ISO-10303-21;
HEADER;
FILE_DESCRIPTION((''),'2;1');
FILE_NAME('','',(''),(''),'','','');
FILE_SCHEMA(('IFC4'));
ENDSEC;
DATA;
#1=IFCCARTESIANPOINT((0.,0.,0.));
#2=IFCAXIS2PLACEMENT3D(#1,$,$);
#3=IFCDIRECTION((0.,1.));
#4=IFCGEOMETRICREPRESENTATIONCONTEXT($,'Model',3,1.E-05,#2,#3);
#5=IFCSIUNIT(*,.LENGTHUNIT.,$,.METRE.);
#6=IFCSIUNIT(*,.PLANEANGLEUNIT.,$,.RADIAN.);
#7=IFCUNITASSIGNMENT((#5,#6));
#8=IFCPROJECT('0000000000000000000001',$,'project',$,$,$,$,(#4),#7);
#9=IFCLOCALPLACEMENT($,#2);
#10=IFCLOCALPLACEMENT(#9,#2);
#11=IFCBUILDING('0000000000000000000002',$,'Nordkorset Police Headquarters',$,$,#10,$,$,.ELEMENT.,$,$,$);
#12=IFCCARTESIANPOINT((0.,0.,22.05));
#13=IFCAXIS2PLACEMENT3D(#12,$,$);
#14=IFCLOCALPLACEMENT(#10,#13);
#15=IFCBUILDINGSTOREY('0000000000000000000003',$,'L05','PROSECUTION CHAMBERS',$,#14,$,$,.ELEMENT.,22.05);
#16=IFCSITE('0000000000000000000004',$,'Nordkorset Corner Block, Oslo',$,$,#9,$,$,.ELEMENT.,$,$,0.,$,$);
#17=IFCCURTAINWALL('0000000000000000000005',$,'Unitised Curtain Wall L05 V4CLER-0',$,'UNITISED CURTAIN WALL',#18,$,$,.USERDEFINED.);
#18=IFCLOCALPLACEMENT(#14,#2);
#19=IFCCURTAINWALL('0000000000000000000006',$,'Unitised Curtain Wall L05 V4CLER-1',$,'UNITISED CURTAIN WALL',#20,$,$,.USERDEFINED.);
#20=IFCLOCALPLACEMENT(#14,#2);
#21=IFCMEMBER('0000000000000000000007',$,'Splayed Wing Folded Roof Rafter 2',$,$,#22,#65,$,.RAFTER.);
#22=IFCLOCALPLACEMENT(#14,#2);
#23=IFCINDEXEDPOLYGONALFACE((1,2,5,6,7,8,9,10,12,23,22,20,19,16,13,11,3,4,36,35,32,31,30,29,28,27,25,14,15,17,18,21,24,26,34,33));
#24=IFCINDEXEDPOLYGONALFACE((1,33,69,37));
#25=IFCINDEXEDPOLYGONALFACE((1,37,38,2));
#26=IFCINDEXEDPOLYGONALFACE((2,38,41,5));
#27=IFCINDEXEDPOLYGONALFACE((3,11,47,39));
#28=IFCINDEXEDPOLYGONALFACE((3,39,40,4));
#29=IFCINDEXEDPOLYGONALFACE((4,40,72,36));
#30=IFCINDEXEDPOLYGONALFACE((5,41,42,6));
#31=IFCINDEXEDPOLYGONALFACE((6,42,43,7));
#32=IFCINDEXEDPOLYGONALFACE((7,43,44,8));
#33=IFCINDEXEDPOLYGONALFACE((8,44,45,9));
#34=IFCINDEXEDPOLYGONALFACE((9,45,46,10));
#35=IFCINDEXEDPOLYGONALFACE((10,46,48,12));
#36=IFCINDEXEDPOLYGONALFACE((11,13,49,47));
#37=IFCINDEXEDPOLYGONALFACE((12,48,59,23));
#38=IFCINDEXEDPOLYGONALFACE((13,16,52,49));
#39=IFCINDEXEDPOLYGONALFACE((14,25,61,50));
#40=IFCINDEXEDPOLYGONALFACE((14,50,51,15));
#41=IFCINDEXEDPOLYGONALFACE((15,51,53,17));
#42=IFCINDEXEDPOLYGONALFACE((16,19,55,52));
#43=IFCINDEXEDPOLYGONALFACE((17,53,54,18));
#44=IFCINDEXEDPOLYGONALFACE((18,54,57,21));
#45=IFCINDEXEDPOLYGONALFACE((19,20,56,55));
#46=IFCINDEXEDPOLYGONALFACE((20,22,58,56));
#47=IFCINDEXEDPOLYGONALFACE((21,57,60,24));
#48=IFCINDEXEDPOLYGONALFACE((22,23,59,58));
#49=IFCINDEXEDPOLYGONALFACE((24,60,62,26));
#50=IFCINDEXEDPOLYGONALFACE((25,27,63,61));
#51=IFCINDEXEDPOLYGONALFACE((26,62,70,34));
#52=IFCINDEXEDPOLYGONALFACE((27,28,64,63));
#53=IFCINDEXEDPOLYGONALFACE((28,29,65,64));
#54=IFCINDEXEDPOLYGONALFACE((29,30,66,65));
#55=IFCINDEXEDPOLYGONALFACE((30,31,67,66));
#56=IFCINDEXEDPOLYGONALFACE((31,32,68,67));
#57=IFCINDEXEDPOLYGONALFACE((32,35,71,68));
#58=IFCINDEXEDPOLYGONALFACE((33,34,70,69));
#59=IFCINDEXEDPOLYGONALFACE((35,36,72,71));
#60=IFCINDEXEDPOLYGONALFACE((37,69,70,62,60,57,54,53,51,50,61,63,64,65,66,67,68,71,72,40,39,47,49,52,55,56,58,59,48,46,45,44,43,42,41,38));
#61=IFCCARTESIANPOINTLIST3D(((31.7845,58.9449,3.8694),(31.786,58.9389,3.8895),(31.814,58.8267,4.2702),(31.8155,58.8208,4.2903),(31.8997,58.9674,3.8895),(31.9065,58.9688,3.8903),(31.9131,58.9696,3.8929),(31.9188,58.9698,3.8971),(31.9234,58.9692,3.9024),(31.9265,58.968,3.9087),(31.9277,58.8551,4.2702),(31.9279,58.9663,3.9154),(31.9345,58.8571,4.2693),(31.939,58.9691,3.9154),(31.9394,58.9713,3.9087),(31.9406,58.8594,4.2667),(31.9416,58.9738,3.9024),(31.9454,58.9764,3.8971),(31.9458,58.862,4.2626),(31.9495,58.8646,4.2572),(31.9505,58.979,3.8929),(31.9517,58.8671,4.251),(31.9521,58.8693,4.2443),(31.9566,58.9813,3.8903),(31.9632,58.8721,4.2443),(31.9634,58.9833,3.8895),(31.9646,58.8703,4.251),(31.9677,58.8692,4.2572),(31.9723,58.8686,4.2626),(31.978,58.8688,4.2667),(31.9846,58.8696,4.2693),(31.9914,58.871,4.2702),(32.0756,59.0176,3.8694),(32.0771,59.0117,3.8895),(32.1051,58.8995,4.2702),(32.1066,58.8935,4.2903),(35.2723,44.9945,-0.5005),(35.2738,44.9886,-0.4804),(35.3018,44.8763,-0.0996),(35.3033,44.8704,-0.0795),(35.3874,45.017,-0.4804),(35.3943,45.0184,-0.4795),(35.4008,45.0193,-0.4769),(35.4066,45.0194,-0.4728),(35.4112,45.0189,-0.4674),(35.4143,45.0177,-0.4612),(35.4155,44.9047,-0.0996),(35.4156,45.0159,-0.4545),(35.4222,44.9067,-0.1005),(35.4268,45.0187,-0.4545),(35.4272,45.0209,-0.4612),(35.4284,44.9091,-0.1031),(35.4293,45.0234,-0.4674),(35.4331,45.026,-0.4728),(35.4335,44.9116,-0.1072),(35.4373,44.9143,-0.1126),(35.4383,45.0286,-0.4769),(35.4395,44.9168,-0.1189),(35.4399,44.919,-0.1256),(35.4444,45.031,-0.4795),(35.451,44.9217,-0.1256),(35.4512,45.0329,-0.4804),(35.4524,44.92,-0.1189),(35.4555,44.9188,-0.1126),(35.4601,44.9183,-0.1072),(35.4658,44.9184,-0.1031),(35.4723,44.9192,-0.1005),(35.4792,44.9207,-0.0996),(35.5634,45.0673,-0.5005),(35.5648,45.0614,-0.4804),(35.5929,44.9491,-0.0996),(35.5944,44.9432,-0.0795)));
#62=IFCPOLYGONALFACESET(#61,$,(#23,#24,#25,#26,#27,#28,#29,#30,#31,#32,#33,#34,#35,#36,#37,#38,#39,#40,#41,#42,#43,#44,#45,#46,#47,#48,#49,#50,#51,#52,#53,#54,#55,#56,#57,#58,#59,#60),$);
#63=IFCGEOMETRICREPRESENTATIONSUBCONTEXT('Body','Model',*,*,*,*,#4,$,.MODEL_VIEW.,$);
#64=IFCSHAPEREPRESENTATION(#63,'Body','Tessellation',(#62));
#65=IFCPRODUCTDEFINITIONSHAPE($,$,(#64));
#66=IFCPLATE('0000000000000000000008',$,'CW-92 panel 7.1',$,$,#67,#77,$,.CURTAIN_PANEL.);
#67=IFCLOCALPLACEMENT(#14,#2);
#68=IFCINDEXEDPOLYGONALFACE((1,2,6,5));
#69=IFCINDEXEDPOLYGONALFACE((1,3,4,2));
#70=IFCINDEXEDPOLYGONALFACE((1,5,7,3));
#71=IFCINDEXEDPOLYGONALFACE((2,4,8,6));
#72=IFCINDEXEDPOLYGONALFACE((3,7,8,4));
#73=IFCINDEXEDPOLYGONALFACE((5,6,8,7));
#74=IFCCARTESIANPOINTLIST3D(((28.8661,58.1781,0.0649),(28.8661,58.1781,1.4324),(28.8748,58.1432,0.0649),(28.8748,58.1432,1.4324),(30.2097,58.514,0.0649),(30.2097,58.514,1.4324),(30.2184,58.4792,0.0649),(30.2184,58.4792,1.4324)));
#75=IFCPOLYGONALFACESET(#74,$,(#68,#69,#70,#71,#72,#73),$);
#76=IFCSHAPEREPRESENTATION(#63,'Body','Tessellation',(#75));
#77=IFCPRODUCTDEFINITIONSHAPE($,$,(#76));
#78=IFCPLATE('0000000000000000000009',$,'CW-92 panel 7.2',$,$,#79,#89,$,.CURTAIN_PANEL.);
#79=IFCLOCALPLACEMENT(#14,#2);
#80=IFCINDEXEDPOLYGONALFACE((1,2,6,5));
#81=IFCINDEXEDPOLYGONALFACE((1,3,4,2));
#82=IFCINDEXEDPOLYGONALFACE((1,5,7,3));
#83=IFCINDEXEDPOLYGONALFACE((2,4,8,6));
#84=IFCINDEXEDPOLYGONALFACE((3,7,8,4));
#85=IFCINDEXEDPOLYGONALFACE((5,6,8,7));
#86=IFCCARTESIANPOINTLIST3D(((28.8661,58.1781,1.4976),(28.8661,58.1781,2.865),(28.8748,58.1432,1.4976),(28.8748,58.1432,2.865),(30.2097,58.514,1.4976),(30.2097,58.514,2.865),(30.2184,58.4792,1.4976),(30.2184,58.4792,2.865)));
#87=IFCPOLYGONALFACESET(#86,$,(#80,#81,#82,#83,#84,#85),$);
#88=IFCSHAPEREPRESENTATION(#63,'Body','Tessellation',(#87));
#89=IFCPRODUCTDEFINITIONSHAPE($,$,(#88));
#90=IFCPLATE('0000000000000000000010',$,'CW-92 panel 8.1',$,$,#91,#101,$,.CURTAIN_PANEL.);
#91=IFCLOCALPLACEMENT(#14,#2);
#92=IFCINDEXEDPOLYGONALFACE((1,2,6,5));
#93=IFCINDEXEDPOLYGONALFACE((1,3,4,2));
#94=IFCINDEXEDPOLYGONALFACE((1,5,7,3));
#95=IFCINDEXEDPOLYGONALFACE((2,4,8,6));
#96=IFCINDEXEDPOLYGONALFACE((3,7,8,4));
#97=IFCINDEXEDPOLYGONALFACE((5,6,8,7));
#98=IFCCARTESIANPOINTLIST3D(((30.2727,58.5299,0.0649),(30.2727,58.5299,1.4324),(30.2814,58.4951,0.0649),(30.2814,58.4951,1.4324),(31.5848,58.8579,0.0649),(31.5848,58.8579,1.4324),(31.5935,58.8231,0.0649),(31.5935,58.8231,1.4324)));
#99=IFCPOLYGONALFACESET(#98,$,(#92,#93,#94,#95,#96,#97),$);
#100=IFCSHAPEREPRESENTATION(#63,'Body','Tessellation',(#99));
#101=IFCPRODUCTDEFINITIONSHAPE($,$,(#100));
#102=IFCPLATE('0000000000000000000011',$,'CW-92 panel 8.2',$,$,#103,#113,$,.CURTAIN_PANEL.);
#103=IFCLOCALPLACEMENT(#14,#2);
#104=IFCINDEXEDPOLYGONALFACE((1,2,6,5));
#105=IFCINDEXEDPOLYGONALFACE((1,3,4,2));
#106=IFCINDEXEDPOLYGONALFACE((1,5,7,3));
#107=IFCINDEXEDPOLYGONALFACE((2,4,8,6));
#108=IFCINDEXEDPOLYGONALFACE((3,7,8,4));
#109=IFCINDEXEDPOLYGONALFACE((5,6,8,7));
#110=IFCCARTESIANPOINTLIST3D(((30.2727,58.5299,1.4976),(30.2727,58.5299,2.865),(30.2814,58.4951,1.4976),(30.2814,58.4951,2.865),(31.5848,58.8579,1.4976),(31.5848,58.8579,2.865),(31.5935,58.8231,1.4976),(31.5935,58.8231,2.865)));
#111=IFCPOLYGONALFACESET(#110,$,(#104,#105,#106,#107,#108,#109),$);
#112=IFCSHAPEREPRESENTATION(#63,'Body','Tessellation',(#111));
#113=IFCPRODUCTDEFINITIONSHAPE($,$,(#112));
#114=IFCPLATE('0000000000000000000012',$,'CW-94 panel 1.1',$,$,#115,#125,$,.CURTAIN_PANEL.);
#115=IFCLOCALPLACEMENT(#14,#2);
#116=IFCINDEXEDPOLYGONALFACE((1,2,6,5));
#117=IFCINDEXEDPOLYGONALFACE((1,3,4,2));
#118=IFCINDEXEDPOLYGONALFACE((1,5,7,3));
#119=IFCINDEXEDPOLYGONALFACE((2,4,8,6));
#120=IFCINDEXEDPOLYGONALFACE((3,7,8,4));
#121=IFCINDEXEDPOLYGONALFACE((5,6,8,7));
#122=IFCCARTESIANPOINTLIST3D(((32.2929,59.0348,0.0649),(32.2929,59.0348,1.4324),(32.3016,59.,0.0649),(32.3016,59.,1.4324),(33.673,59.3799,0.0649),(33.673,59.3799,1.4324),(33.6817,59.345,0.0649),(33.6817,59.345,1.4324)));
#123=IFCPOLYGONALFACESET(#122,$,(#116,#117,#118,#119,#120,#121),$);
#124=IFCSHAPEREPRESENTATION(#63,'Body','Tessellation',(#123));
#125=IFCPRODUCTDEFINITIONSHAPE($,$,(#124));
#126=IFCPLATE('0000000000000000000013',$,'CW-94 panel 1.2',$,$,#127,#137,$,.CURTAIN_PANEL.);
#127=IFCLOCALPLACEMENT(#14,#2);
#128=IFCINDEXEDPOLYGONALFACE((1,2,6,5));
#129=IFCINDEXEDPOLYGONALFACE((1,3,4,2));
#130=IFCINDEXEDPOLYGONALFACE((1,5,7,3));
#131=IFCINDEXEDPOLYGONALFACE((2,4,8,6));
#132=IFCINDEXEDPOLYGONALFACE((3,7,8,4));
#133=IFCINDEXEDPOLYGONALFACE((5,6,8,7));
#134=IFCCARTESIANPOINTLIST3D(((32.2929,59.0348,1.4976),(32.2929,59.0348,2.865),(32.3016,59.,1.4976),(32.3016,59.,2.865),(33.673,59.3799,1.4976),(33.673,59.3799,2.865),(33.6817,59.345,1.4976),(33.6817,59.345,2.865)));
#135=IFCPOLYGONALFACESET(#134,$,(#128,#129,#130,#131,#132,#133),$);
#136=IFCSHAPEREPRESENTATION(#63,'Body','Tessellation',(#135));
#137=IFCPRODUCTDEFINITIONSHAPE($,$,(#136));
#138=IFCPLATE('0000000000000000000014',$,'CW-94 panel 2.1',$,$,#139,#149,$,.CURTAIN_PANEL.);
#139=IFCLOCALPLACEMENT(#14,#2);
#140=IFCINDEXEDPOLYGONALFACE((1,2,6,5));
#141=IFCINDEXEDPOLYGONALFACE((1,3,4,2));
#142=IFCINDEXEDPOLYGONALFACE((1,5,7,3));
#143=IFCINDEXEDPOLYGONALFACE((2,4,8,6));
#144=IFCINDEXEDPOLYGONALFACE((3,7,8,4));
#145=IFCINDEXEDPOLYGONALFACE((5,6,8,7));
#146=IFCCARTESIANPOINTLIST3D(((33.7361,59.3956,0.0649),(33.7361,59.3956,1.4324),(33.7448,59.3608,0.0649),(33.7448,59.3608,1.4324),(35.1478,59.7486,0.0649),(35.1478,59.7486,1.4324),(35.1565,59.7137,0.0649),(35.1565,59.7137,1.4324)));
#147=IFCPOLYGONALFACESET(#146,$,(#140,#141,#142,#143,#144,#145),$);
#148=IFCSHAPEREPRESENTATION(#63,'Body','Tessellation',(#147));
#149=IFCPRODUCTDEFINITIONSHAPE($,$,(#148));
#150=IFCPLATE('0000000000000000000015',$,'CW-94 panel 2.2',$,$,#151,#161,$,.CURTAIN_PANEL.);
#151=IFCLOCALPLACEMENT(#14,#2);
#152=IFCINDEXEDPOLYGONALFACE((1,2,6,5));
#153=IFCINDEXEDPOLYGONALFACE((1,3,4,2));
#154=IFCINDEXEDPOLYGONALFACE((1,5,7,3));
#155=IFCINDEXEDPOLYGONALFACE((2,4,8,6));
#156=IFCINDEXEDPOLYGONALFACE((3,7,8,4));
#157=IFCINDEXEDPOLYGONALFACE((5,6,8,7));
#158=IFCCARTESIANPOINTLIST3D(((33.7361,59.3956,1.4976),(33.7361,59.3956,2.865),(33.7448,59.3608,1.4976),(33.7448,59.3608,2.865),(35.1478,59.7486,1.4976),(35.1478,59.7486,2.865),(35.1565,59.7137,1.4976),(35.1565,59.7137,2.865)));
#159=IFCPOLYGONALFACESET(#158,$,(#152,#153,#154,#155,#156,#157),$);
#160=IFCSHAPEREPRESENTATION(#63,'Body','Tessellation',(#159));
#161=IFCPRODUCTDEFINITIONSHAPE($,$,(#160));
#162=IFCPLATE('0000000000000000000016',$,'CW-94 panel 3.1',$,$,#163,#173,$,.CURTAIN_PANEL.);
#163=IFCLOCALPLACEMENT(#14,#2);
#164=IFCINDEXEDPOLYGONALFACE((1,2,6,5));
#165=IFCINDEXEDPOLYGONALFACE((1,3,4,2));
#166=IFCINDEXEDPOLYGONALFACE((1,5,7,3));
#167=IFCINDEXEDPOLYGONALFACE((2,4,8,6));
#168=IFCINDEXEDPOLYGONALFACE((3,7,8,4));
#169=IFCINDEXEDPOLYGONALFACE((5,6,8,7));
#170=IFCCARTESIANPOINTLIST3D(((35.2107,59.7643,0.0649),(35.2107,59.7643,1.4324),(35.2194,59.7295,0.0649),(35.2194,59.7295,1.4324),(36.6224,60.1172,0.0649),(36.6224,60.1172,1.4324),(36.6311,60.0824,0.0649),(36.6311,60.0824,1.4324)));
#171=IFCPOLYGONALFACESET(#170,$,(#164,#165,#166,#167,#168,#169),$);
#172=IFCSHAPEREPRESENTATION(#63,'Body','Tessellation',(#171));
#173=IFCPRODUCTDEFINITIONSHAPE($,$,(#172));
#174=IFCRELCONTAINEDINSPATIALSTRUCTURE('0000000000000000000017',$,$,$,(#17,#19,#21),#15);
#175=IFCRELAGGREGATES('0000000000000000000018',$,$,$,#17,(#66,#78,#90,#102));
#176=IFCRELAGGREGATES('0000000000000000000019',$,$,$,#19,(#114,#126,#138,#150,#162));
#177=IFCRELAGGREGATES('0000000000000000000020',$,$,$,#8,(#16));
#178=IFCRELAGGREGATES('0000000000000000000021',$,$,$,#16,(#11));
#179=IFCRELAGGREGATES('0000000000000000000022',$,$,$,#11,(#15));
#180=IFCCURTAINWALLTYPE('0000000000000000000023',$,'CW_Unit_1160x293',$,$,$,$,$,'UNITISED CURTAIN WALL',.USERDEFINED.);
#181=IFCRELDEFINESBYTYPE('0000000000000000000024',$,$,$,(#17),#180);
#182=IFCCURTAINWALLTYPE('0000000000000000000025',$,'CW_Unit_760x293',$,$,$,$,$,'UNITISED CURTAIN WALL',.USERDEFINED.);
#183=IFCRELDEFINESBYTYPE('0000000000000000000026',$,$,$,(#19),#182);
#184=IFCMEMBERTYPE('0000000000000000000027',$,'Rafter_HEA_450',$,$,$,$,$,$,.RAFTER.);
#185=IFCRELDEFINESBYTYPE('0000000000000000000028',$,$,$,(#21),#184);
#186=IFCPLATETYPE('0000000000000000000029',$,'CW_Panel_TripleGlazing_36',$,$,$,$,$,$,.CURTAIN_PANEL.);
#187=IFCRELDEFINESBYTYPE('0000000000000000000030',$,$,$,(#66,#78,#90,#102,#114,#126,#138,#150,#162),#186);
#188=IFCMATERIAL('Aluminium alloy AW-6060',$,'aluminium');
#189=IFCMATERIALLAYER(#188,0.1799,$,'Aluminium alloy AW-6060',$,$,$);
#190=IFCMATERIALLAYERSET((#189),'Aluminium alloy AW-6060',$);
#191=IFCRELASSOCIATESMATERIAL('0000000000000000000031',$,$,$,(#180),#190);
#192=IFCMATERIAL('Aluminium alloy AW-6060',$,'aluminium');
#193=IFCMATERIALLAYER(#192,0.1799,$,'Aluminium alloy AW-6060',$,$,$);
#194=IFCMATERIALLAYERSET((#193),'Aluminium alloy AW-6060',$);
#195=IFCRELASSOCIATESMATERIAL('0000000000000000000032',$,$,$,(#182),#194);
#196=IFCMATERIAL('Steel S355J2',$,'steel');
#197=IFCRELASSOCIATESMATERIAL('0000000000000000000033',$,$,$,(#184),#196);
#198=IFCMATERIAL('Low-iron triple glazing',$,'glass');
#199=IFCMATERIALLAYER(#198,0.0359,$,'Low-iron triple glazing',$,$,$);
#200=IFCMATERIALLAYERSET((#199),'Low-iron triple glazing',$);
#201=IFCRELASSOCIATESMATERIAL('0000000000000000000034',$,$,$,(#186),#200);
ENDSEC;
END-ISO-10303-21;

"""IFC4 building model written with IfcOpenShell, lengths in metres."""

from ifc_helpers import new_model, si_unit, direction, frame, origin, origin_2d, place, context, subcontext, project, spatial, rectangle, i_section, extrude, material, layer, layer_set, material_profile, profile_set, type_object, element, aggregate, save


model = new_model("IFC4")

# Units and contexts
model_context = context("Model", 3, precision=1e-05, world=origin(), true_north=direction((0.0, 1.0)))
body_context = subcontext(model_context, "Body", "Model", "MODEL_VIEW")
ifc_project = project(units=[si_unit("LENGTHUNIT", "METRE"), si_unit("PLANEANGLEUNIT", "RADIAN")], contexts=[model_context])

# Site, building, storey
site_placement = place(None, origin())
site = spatial("IfcSite", under=ifc_project, at=site_placement, Name="Nordkorset Corner Block, Oslo", CompositionType="ELEMENT", RefElevation=0.0)
building_placement = place(site_placement, origin())
building = spatial("IfcBuilding", under=site, at=building_placement, Name="Nordkorset Police Headquarters", CompositionType="ELEMENT")
storey_placement = place(building_placement, frame((0.0, 0.0, 22.05)))
storey = spatial("IfcBuildingStorey", under=building, at=storey_placement, Name="L05", Description="PROSECUTION CHAMBERS", CompositionType="ELEMENT", Elevation=22.05)

# Curtain walls
ifc_material_1 = material(Name="Aluminium alloy AW-6060", Category="aluminium")
ifc_layer_1 = layer(ifc_material_1, 0.1799, Name="Aluminium alloy AW-6060")
ifc_layer_set_1 = layer_set([ifc_layer_1], Name="Aluminium alloy AW-6060")
curtain_wall_type_1 = type_object("IfcCurtainWallType", Name="CW_Unit_1160x293", ElementType="UNITISED CURTAIN WALL", PredefinedType="USERDEFINED", material=ifc_layer_set_1)
curtain_wall_1_placement = place(storey_placement, origin())
curtain_wall_1 = element("IfcCurtainWall", 1, at=curtain_wall_1_placement, inside=storey, type_object=curtain_wall_type_1, Name="Unitised Curtain Wall L05 V4CLER-0", ObjectType="UNITISED CURTAIN WALL", PredefinedType="USERDEFINED")
ifc_material_2 = material(Name="Aluminium alloy AW-6060", Category="aluminium")
ifc_layer_2 = layer(ifc_material_2, 0.1799, Name="Aluminium alloy AW-6060")
ifc_layer_set_2 = layer_set([ifc_layer_2], Name="Aluminium alloy AW-6060")
curtain_wall_type_2 = type_object("IfcCurtainWallType", Name="CW_Unit_760x293", ElementType="UNITISED CURTAIN WALL", PredefinedType="USERDEFINED", material=ifc_layer_set_2)
curtain_wall_2_placement = place(storey_placement, origin())
curtain_wall_2 = element("IfcCurtainWall", 2, at=curtain_wall_2_placement, inside=storey, type_object=curtain_wall_type_2, Name="Unitised Curtain Wall L05 V4CLER-1", ObjectType="UNITISED CURTAIN WALL", PredefinedType="USERDEFINED")

# Member
ifc_material_3 = material(Name="Steel S355J2", Category="steel")
ifc_material_profile_1 = material_profile(ifc_material_3, i_section(OverallWidth=0.3, OverallDepth=0.4399, WebThickness=0.0115, FlangeThickness=0.021, FilletRadius=0.0271, at=origin_2d()), Name="HEA 450")
ifc_profile_set_1 = profile_set([ifc_material_profile_1], Name="Steel S355J2")
member_type_1 = type_object("IfcMemberType", Name="Rafter_HEA_450", PredefinedType="RAFTER", material=ifc_profile_set_1)
member_1_placement = place(storey_placement, frame((31.9456, 58.9192, 4.0798), z_axis=(0.232069, -0.928226, -0.29076), x_axis=(0.97014, 0.242548, 0.0)))
element("IfcMember", 3, at=member_1_placement, inside=storey, type_object=member_type_1, Name="Splayed Wing Folded Roof Rafter 2", PredefinedType="RAFTER", context=body_context, shape_type="SweptSolid", body=[
    extrude(i_section(OverallWidth=0.3, OverallDepth=0.4399, WebThickness=0.0115, FlangeThickness=0.021, FilletRadius=0.0271, at=origin_2d()), origin(), (0.0, 0.0, 1.0), 15.0291),
])

# Plates
ifc_material_4 = material(Name="Low-iron triple glazing", Category="glass")
ifc_layer_3 = layer(ifc_material_4, 0.0359, Name="Low-iron triple glazing")
ifc_layer_set_3 = layer_set([ifc_layer_3], Name="Low-iron triple glazing")
plate_type = type_object("IfcPlateType", Name="CW_Panel_TripleGlazing_36", PredefinedType="CURTAIN_PANEL", material=ifc_layer_set_3)
plate_1_placement = place(storey_placement, frame((29.5422, 58.3286, 0.0649), z_axis=(0.0, 0.0, 1.0), x_axis=(0.970142, 0.242536, 0.0)))
plate_1 = element("IfcPlate", 4, at=plate_1_placement, type_object=plate_type, Name="CW-92 panel 7.1", PredefinedType="CURTAIN_PANEL", context=body_context, shape_type="SweptSolid", body=[
    extrude(rectangle(XDim=1.385, YDim=0.0359, at=origin_2d()), origin(), (0.0, 0.0, 1.0), 1.3674),
])
plate_2_placement = place(storey_placement, frame((29.5422, 58.3286, 1.4976), z_axis=(0.0, 0.0, 1.0), x_axis=(0.970142, 0.242536, 0.0)))
plate_2 = element("IfcPlate", 5, at=plate_2_placement, type_object=plate_type, Name="CW-92 panel 7.2", PredefinedType="CURTAIN_PANEL", context=body_context, shape_type="SweptSolid", body=[
    extrude(rectangle(XDim=1.385, YDim=0.0359, at=origin_2d()), origin(), (0.0, 0.0, 1.0), 1.3674),
])
plate_3_placement = place(storey_placement, frame((30.9331, 58.6765, 0.0649), z_axis=(0.0, 0.0, 1.0), x_axis=(0.970142, 0.242536, 0.0)))
plate_3 = element("IfcPlate", 6, at=plate_3_placement, type_object=plate_type, Name="CW-92 panel 8.1", PredefinedType="CURTAIN_PANEL", context=body_context, shape_type="SweptSolid", body=[
    extrude(rectangle(XDim=1.3525, YDim=0.0359, at=origin_2d()), origin(), (0.0, 0.0, 1.0), 1.3674),
])
plate_4_placement = place(storey_placement, frame((30.9331, 58.6765, 1.4976), z_axis=(0.0, 0.0, 1.0), x_axis=(0.970142, 0.242536, 0.0)))
plate_4 = element("IfcPlate", 7, at=plate_4_placement, type_object=plate_type, Name="CW-92 panel 8.2", PredefinedType="CURTAIN_PANEL", context=body_context, shape_type="SweptSolid", body=[
    extrude(rectangle(XDim=1.3525, YDim=0.0359, at=origin_2d()), origin(), (0.0, 0.0, 1.0), 1.3674),
])
aggregate(curtain_wall_1, [plate_1, plate_2, plate_3, plate_4])
plate_5_placement = place(storey_placement, frame((32.9873, 59.1899, 0.0649), z_axis=(0.0, 0.0, 1.0), x_axis=(0.970143, 0.242536, 0.0)))
plate_5 = element("IfcPlate", 8, at=plate_5_placement, type_object=plate_type, Name="CW-94 panel 1.1", PredefinedType="CURTAIN_PANEL", context=body_context, shape_type="SweptSolid", body=[
    extrude(rectangle(XDim=1.4226, YDim=0.0359, at=origin_2d()), origin(), (0.0, 0.0, 1.0), 1.3674),
])
plate_6_placement = place(storey_placement, frame((32.9873, 59.1899, 1.4976), z_axis=(0.0, 0.0, 1.0), x_axis=(0.970143, 0.242536, 0.0)))
plate_6 = element("IfcPlate", 9, at=plate_6_placement, type_object=plate_type, Name="CW-94 panel 1.2", PredefinedType="CURTAIN_PANEL", context=body_context, shape_type="SweptSolid", body=[
    extrude(rectangle(XDim=1.4226, YDim=0.0359, at=origin_2d()), origin(), (0.0, 0.0, 1.0), 1.3674),
])
plate_7_placement = place(storey_placement, frame((34.4463, 59.5547, 0.0649), z_axis=(0.0, 0.0, 1.0), x_axis=(0.970143, 0.242536, 0.0)))
plate_7 = element("IfcPlate", 10, at=plate_7_placement, type_object=plate_type, Name="CW-94 panel 2.1", PredefinedType="CURTAIN_PANEL", context=body_context, shape_type="SweptSolid", body=[
    extrude(rectangle(XDim=1.4551, YDim=0.0359, at=origin_2d()), origin(), (0.0, 0.0, 1.0), 1.3674),
])
plate_8_placement = place(storey_placement, frame((34.4463, 59.5547, 1.4976), z_axis=(0.0, 0.0, 1.0), x_axis=(0.970143, 0.242536, 0.0)))
plate_8 = element("IfcPlate", 11, at=plate_8_placement, type_object=plate_type, Name="CW-94 panel 2.2", PredefinedType="CURTAIN_PANEL", context=body_context, shape_type="SweptSolid", body=[
    extrude(rectangle(XDim=1.4551, YDim=0.0359, at=origin_2d()), origin(), (0.0, 0.0, 1.0), 1.3674),
])
plate_9_placement = place(storey_placement, frame((35.9209, 59.9233, 0.0649), z_axis=(0.0, 0.0, 1.0), x_axis=(0.970143, 0.242536, 0.0)))
plate_9 = element("IfcPlate", 12, at=plate_9_placement, type_object=plate_type, Name="CW-94 panel 3.1", PredefinedType="CURTAIN_PANEL", context=body_context, shape_type="SweptSolid", body=[
    extrude(rectangle(XDim=1.4551, YDim=0.0359, at=origin_2d()), origin(), (0.0, 0.0, 1.0), 1.3674),
])
aggregate(curtain_wall_2, [plate_5, plate_6, plate_7, plate_8, plate_9])

save(model, "model.ifc")
